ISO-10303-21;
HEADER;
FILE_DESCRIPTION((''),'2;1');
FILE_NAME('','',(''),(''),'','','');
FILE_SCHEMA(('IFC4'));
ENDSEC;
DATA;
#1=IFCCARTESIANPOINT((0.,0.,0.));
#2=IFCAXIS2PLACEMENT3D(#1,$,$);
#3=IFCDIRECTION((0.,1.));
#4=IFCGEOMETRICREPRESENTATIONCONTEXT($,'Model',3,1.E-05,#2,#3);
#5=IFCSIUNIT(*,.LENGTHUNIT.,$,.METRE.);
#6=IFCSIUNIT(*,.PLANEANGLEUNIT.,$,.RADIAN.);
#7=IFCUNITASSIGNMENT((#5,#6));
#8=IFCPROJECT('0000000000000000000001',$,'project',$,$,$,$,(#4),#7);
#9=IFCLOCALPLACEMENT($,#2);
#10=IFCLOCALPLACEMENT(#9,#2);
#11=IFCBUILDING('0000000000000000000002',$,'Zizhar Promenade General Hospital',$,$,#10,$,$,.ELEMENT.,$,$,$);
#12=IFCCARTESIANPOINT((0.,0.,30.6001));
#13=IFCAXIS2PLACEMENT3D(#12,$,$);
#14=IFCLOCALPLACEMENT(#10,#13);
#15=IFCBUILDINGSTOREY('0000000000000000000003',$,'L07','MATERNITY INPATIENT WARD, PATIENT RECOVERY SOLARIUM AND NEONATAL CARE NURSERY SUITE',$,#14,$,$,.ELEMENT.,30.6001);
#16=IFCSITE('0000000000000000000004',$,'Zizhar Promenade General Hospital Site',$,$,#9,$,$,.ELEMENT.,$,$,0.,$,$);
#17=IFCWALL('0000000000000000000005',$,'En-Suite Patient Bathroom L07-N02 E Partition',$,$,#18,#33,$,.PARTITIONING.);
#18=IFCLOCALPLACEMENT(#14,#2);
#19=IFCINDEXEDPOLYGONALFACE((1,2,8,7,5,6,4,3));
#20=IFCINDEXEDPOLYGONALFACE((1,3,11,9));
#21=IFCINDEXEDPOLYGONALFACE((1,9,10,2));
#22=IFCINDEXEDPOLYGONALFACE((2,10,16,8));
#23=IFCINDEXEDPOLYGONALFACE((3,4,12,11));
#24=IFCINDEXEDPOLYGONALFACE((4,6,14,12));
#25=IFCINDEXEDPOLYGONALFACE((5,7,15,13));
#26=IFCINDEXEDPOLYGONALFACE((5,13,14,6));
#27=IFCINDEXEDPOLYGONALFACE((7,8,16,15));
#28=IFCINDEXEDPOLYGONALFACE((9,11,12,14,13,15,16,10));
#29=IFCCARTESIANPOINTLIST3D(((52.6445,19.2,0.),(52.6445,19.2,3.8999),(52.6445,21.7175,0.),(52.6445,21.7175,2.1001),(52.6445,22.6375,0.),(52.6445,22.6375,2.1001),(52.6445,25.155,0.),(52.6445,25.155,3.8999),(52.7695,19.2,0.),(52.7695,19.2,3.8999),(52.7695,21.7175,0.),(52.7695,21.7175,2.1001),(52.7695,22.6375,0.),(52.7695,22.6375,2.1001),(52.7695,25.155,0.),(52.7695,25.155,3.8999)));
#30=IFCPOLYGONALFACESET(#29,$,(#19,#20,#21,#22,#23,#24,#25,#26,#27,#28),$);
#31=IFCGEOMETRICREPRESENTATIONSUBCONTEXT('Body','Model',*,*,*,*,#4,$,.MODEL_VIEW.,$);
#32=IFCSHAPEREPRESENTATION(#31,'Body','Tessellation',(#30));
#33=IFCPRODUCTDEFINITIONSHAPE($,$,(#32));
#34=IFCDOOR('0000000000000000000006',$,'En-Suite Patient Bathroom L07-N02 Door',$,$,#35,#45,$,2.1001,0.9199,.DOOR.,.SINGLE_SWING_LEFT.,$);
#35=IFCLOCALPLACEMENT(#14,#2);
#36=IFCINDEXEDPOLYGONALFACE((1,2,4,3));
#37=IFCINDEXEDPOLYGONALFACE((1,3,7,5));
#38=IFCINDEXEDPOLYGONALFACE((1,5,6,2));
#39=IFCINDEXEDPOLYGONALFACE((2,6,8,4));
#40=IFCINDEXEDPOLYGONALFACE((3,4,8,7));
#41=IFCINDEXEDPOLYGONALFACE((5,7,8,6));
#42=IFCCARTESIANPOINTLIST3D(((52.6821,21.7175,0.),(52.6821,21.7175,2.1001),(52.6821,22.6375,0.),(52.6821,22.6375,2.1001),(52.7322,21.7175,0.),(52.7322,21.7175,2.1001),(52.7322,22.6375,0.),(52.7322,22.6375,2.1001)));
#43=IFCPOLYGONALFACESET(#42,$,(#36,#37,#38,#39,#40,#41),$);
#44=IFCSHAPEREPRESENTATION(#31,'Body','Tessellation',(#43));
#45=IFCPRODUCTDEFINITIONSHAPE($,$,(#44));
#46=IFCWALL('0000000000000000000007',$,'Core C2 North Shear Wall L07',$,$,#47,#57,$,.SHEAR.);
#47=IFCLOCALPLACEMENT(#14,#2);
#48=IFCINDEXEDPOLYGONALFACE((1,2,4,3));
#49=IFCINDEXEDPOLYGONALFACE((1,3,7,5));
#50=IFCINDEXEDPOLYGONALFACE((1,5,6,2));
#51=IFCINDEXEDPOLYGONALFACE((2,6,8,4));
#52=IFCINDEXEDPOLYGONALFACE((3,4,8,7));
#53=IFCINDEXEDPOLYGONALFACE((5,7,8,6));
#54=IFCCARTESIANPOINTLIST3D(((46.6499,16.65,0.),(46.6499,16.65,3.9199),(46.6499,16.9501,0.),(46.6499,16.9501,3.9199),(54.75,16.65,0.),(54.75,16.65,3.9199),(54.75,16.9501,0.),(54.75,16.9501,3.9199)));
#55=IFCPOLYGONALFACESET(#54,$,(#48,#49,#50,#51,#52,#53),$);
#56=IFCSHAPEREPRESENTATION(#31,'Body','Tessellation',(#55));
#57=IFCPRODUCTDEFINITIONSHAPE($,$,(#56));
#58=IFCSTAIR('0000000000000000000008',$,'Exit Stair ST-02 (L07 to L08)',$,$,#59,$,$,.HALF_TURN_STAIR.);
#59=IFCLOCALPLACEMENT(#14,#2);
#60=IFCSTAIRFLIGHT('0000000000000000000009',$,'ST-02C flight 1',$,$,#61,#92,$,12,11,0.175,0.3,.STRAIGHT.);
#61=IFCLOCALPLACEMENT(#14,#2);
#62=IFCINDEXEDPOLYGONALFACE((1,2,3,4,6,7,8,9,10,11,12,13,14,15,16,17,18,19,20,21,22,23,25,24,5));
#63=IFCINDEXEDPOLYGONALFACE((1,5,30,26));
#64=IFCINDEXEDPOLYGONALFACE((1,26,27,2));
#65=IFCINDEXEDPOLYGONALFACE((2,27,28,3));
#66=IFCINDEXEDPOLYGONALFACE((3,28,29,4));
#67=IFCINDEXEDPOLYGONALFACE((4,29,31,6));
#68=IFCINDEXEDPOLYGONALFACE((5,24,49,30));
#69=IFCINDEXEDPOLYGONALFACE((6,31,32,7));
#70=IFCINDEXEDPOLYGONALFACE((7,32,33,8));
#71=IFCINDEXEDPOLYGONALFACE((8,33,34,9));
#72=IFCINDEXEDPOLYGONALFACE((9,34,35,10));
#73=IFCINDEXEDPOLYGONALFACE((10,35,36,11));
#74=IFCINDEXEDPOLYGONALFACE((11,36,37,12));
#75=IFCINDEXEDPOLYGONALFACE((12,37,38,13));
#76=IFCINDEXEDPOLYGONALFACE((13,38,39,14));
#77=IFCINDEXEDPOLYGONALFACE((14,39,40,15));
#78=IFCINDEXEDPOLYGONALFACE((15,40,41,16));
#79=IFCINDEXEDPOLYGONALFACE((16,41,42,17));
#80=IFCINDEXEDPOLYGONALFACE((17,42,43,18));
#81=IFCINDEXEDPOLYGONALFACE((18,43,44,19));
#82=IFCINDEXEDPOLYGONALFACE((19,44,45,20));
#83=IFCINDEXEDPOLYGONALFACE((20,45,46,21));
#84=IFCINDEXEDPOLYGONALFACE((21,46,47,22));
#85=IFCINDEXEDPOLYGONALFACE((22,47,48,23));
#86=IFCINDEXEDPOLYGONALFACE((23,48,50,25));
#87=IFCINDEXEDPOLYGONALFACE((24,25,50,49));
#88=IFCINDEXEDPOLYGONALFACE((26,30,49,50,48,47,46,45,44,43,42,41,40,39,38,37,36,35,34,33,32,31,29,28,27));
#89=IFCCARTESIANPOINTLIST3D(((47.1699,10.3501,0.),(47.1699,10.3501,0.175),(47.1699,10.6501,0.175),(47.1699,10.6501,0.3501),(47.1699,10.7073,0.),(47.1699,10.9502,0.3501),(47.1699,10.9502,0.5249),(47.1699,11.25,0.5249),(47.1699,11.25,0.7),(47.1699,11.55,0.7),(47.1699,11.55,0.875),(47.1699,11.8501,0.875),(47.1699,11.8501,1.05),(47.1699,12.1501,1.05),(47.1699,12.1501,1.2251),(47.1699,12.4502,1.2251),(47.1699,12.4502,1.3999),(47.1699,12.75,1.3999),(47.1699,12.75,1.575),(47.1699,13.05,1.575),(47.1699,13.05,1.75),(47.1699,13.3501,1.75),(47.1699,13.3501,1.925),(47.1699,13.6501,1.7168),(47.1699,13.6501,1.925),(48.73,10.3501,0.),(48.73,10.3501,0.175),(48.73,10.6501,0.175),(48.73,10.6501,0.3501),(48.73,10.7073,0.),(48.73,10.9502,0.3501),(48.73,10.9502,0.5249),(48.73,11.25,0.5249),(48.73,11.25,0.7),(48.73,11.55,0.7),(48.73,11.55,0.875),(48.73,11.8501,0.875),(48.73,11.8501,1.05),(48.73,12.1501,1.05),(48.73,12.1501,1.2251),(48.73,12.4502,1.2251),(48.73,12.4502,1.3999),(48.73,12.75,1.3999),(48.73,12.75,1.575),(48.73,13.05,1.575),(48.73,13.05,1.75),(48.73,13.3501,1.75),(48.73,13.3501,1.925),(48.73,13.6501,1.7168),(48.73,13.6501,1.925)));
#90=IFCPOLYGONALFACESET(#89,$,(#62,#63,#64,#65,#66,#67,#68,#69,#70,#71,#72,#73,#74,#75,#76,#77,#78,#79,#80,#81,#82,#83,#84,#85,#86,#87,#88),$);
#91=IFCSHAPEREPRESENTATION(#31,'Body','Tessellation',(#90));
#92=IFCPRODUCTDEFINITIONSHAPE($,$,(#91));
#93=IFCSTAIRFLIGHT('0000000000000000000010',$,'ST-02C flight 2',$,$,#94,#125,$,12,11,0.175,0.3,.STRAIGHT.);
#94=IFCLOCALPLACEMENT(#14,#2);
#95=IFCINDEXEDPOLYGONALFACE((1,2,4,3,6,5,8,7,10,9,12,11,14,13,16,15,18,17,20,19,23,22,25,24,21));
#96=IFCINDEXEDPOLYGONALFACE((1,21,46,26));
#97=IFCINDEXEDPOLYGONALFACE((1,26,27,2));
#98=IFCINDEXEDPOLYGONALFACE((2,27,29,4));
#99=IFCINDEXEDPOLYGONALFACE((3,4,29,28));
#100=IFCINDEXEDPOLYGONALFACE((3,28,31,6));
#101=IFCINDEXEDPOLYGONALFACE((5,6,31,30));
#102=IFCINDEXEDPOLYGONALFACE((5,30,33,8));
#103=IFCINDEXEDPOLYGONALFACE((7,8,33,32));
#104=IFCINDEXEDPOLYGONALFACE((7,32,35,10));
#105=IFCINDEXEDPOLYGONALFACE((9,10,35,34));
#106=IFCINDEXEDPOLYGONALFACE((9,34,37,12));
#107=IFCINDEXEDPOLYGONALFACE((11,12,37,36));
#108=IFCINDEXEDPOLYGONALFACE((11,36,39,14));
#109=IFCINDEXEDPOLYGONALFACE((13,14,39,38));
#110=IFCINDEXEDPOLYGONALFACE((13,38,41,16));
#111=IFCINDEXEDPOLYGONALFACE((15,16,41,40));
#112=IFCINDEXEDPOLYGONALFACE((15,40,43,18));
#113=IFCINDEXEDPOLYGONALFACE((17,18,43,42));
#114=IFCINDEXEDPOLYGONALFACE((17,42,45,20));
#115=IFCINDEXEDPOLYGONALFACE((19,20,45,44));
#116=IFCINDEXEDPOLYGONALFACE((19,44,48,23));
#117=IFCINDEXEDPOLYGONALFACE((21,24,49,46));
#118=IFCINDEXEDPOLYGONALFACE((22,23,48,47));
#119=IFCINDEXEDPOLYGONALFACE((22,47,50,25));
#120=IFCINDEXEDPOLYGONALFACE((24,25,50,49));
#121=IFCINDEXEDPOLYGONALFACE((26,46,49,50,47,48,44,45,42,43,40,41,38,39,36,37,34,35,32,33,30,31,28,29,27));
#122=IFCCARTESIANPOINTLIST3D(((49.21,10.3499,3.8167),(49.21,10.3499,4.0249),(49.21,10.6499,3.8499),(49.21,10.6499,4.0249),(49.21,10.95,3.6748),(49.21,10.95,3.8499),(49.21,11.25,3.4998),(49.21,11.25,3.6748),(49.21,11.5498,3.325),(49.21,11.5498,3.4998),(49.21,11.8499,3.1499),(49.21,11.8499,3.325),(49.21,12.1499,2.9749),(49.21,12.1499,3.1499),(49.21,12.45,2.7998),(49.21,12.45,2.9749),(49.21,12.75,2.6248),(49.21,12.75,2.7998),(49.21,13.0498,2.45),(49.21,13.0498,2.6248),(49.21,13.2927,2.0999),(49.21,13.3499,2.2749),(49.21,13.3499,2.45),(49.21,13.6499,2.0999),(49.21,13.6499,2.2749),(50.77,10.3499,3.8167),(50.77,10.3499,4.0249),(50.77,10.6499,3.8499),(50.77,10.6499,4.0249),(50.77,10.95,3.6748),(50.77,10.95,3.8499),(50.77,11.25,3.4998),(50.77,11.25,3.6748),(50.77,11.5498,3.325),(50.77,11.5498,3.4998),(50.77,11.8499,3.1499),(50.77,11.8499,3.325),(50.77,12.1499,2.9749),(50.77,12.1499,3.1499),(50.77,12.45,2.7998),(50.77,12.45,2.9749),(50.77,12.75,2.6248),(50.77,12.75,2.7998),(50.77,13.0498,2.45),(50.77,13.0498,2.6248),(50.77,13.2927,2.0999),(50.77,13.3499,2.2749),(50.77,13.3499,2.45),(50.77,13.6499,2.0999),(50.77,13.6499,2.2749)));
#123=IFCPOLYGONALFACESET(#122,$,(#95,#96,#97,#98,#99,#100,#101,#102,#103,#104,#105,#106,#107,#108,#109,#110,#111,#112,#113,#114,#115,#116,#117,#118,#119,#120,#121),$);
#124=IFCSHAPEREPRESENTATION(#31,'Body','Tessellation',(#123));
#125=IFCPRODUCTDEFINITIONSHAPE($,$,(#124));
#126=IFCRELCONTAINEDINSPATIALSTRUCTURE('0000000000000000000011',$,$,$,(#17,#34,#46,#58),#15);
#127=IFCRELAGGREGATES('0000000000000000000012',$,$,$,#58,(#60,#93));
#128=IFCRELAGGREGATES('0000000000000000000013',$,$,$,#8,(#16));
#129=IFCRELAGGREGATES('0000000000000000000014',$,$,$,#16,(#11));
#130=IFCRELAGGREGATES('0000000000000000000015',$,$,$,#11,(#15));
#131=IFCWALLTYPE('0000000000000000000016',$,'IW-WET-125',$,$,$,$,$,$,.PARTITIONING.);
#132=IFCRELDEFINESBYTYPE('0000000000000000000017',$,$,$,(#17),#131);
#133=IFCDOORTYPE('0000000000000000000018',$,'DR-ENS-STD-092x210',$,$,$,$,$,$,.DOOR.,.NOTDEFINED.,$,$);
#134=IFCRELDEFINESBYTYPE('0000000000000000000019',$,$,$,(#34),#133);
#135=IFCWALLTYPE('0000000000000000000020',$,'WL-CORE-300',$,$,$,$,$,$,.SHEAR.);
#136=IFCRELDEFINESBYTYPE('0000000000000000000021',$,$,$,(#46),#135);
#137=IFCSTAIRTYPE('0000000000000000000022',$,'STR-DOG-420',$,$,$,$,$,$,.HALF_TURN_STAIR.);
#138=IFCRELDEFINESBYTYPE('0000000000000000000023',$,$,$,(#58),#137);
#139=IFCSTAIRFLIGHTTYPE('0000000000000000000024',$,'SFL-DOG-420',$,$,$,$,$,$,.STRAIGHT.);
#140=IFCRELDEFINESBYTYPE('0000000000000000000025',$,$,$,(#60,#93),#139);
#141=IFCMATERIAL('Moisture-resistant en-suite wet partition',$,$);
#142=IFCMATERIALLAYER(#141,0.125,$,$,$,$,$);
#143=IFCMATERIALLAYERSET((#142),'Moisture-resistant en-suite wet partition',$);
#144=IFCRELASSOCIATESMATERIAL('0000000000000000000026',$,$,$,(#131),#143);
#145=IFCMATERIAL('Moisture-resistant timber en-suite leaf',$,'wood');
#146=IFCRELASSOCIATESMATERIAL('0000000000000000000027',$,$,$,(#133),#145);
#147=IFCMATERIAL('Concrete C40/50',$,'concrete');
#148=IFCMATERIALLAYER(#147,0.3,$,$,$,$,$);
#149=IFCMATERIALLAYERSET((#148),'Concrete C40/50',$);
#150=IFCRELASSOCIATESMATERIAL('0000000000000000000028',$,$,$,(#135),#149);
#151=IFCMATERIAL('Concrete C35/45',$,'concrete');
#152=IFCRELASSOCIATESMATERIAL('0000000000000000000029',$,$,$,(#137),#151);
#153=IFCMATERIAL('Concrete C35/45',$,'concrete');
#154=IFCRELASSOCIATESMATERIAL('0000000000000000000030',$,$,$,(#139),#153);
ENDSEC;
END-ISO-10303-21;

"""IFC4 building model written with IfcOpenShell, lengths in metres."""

from ifc_helpers import new_model, si_unit, direction, frame, frame_2d, origin, place, context, subcontext, project, spatial, polyline, rectangle, outline, extrude, material, layer, layer_set, type_object, element, fill, aggregate, save


model = new_model("IFC4")

# Units and contexts
model_context = context("Model", 3, precision=1e-05, world=origin(), true_north=direction((0.0, 1.0)))
body_context = subcontext(model_context, "Body", "Model", "MODEL_VIEW")
ifc_project = project(units=[si_unit("LENGTHUNIT", "METRE"), si_unit("PLANEANGLEUNIT", "RADIAN")], contexts=[model_context])

# Site, building, storey
site_placement = place(None, origin())
site = spatial("IfcSite", under=ifc_project, at=site_placement, Name="Zizhar Promenade General Hospital Site", CompositionType="ELEMENT", RefElevation=0.0)
building_placement = place(site_placement, origin())
building = spatial("IfcBuilding", under=site, at=building_placement, Name="Zizhar Promenade General Hospital", CompositionType="ELEMENT")
storey_placement = place(building_placement, frame((0.0, 0.0, 30.6001)))
storey = spatial("IfcBuildingStorey", under=building, at=storey_placement, Name="L07", Description="MATERNITY INPATIENT WARD, PATIENT RECOVERY SOLARIUM AND NEONATAL CARE NURSERY SUITE", CompositionType="ELEMENT", Elevation=30.6001)

# Shared definitions
ifc_material_1 = material(Name="Moisture-resistant en-suite wet partition")
ifc_layer_1 = layer(ifc_material_1, 0.125)
ifc_layer_set_1 = layer_set([ifc_layer_1], Name="Moisture-resistant en-suite wet partition")
wall_type_1 = type_object("IfcWallType", Name="IW-WET-125", PredefinedType="PARTITIONING", material=ifc_layer_set_1)

# Wall, opening, door
wall_1_placement = place(storey_placement, frame((52.707, 19.2, 0.0), z_axis=(0.0, 0.0, 1.0), x_axis=(0.0, 1.0, 0.0)))
wall_1 = element("IfcWall", 1, at=wall_1_placement, inside=storey, type_object=wall_type_1, Name="En-Suite Patient Bathroom L07-N02 E Partition", PredefinedType="PARTITIONING", context=body_context, shape_type="SweptSolid", body=[
    extrude(rectangle(XDim=5.9551, YDim=0.125, at=frame_2d((2.9775, 0.0))), origin(), (0.0, 0.0, 1.0), 3.8999),
])
opening_1_placement = place(wall_1_placement, frame((2.5176, 0.0, 0.0)))
opening_1 = element("IfcOpeningElement", 2, at=opening_1_placement, cuts=wall_1, PredefinedType="OPENING", context=body_context, shape_type="SweptSolid", body=[
    extrude(rectangle(XDim=0.9199, YDim=2.1001, at=frame_2d((0.46, 1.05))), frame((0.0, 0.0725, 0.0), z_axis=(0.0, -1.0, 0.0), x_axis=(1.0, 0.0, 0.0)), (0.0, 0.0, 1.0), 0.145),
])
ifc_material_2 = material(Name="Moisture-resistant timber en-suite leaf", Category="wood")
door_type_1 = type_object("IfcDoorType", Name="DR-ENS-STD-092x210", OperationType="NOTDEFINED", PredefinedType="DOOR", material=ifc_material_2)
door_1_placement = place(opening_1_placement, origin())
door_1 = element("IfcDoor", 3, at=door_1_placement, inside=storey, type_object=door_type_1, Name="En-Suite Patient Bathroom L07-N02 Door", OperationType="SINGLE_SWING_LEFT", OverallHeight=2.1001, OverallWidth=0.9199, PredefinedType="DOOR", context=body_context, shape_type="SweptSolid", body=[
    extrude(rectangle(XDim=0.9199, YDim=2.1001, at=frame_2d((0.46, 1.05))), frame((0.0, 0.0249, 0.0), z_axis=(0.0, -1.0, 0.0), x_axis=(1.0, 0.0, 0.0)), (0.0, 0.0, 1.0), 0.05),
])
fill(opening_1, door_1)

# Wall
ifc_material_3 = material(Name="Concrete C40/50", Category="concrete")
ifc_layer_2 = layer(ifc_material_3, 0.3)
ifc_layer_set_2 = layer_set([ifc_layer_2], Name="Concrete C40/50")
wall_type_2 = type_object("IfcWallType", Name="WL-CORE-300", PredefinedType="SHEAR", material=ifc_layer_set_2)
wall_2_placement = place(storey_placement, frame((46.6499, 16.8, 0.0), z_axis=(0.0, 0.0, 1.0), x_axis=(1.0, 0.0, 0.0)))
element("IfcWall", 4, at=wall_2_placement, inside=storey, type_object=wall_type_2, Name="Core C2 North Shear Wall L07", PredefinedType="SHEAR", context=body_context, shape_type="SweptSolid", body=[
    extrude(rectangle(XDim=8.1001, YDim=0.3, at=frame_2d((4.05, 0.0))), origin(), (0.0, 0.0, 1.0), 3.9199),
])

# Stair, stair flights
ifc_material_4 = material(Name="Concrete C35/45", Category="concrete")
stair_type = type_object("IfcStairType", Name="STR-DOG-420", PredefinedType="HALF_TURN_STAIR", material=ifc_material_4)
stair_placement = place(storey_placement, origin())
stair = element("IfcStair", 5, at=stair_placement, inside=storey, type_object=stair_type, Name="Exit Stair ST-02 (L07 to L08)", PredefinedType="HALF_TURN_STAIR")
ifc_material_5 = material(Name="Concrete C35/45", Category="concrete")
stair_flight_type = type_object("IfcStairFlightType", Name="SFL-DOG-420", PredefinedType="STRAIGHT", material=ifc_material_5)
stair_flight_1_placement = place(storey_placement, frame((47.95, 10.3501, 0.0), z_axis=(0.0, 0.0, 1.0), x_axis=(0.0, 1.0, 0.0)))
stair_flight_1 = element("IfcStairFlight", 6, at=stair_flight_1_placement, type_object=stair_flight_type, Name="ST-02C flight 1", NumberOfRisers=12, NumberOfTreads=11, PredefinedType="STRAIGHT", RiserHeight=0.175, TreadLength=0.3, context=body_context, shape_type="SweptSolid", body=[
    extrude(outline(polyline([(0.0, 0.0), (0.0, 0.175), (0.3, 0.175), (0.3, 0.3501), (0.6001, 0.3501), (0.6001, 0.5249), (0.8999, 0.5249), (0.8999, 0.7), (1.2, 0.7), (1.2, 0.875), (1.5, 0.875), (1.5, 1.05), (1.8, 1.05), (1.8, 1.2251), (2.1001, 1.2251), (2.1001, 1.3999), (2.3999, 1.3999), (2.3999, 1.575), (2.7, 1.575), (2.7, 1.75), (3.0, 1.75), (3.0, 1.925), (3.3, 1.925), (3.3, 2.1001), (3.3, 1.7168), (0.3572, 0.0), (0.0, 0.0)])), frame((0.0, 0.78, 0.0), z_axis=(0.0, -1.0, 0.0), x_axis=(1.0, 0.0, 0.0)), (0.0, 0.0, 1.0), 1.5601),
])
stair_flight_2_placement = place(storey_placement, frame((49.99, 13.6499, 2.0999), z_axis=(0.0, 0.0, 1.0), x_axis=(0.0, -1.0, 0.0)))
stair_flight_2 = element("IfcStairFlight", 7, at=stair_flight_2_placement, type_object=stair_flight_type, Name="ST-02C flight 2", NumberOfRisers=12, NumberOfTreads=11, PredefinedType="STRAIGHT", RiserHeight=0.175, TreadLength=0.3, context=body_context, shape_type="SweptSolid", body=[
    extrude(outline(polyline([(0.0, 0.0), (0.0, 0.175), (0.3, 0.175), (0.3, 0.3501), (0.6001, 0.3501), (0.6001, 0.5249), (0.8999, 0.5249), (0.8999, 0.7), (1.2, 0.7), (1.2, 0.875), (1.5, 0.875), (1.5, 1.05), (1.8, 1.05), (1.8, 1.2251), (2.1001, 1.2251), (2.1001, 1.3999), (2.3999, 1.3999), (2.3999, 1.575), (2.7, 1.575), (2.7, 1.75), (3.0, 1.75), (3.0, 1.925), (3.3, 1.925), (3.3, 2.1001), (3.3, 1.7168), (0.3572, 0.0), (0.0, 0.0)])), frame((0.0, 0.78, 0.0), z_axis=(0.0, -1.0, 0.0), x_axis=(1.0, 0.0, 0.0)), (0.0, 0.0, 1.0), 1.5601),
])
aggregate(stair, [stair_flight_1, stair_flight_2])

save(model, "model.ifc")
